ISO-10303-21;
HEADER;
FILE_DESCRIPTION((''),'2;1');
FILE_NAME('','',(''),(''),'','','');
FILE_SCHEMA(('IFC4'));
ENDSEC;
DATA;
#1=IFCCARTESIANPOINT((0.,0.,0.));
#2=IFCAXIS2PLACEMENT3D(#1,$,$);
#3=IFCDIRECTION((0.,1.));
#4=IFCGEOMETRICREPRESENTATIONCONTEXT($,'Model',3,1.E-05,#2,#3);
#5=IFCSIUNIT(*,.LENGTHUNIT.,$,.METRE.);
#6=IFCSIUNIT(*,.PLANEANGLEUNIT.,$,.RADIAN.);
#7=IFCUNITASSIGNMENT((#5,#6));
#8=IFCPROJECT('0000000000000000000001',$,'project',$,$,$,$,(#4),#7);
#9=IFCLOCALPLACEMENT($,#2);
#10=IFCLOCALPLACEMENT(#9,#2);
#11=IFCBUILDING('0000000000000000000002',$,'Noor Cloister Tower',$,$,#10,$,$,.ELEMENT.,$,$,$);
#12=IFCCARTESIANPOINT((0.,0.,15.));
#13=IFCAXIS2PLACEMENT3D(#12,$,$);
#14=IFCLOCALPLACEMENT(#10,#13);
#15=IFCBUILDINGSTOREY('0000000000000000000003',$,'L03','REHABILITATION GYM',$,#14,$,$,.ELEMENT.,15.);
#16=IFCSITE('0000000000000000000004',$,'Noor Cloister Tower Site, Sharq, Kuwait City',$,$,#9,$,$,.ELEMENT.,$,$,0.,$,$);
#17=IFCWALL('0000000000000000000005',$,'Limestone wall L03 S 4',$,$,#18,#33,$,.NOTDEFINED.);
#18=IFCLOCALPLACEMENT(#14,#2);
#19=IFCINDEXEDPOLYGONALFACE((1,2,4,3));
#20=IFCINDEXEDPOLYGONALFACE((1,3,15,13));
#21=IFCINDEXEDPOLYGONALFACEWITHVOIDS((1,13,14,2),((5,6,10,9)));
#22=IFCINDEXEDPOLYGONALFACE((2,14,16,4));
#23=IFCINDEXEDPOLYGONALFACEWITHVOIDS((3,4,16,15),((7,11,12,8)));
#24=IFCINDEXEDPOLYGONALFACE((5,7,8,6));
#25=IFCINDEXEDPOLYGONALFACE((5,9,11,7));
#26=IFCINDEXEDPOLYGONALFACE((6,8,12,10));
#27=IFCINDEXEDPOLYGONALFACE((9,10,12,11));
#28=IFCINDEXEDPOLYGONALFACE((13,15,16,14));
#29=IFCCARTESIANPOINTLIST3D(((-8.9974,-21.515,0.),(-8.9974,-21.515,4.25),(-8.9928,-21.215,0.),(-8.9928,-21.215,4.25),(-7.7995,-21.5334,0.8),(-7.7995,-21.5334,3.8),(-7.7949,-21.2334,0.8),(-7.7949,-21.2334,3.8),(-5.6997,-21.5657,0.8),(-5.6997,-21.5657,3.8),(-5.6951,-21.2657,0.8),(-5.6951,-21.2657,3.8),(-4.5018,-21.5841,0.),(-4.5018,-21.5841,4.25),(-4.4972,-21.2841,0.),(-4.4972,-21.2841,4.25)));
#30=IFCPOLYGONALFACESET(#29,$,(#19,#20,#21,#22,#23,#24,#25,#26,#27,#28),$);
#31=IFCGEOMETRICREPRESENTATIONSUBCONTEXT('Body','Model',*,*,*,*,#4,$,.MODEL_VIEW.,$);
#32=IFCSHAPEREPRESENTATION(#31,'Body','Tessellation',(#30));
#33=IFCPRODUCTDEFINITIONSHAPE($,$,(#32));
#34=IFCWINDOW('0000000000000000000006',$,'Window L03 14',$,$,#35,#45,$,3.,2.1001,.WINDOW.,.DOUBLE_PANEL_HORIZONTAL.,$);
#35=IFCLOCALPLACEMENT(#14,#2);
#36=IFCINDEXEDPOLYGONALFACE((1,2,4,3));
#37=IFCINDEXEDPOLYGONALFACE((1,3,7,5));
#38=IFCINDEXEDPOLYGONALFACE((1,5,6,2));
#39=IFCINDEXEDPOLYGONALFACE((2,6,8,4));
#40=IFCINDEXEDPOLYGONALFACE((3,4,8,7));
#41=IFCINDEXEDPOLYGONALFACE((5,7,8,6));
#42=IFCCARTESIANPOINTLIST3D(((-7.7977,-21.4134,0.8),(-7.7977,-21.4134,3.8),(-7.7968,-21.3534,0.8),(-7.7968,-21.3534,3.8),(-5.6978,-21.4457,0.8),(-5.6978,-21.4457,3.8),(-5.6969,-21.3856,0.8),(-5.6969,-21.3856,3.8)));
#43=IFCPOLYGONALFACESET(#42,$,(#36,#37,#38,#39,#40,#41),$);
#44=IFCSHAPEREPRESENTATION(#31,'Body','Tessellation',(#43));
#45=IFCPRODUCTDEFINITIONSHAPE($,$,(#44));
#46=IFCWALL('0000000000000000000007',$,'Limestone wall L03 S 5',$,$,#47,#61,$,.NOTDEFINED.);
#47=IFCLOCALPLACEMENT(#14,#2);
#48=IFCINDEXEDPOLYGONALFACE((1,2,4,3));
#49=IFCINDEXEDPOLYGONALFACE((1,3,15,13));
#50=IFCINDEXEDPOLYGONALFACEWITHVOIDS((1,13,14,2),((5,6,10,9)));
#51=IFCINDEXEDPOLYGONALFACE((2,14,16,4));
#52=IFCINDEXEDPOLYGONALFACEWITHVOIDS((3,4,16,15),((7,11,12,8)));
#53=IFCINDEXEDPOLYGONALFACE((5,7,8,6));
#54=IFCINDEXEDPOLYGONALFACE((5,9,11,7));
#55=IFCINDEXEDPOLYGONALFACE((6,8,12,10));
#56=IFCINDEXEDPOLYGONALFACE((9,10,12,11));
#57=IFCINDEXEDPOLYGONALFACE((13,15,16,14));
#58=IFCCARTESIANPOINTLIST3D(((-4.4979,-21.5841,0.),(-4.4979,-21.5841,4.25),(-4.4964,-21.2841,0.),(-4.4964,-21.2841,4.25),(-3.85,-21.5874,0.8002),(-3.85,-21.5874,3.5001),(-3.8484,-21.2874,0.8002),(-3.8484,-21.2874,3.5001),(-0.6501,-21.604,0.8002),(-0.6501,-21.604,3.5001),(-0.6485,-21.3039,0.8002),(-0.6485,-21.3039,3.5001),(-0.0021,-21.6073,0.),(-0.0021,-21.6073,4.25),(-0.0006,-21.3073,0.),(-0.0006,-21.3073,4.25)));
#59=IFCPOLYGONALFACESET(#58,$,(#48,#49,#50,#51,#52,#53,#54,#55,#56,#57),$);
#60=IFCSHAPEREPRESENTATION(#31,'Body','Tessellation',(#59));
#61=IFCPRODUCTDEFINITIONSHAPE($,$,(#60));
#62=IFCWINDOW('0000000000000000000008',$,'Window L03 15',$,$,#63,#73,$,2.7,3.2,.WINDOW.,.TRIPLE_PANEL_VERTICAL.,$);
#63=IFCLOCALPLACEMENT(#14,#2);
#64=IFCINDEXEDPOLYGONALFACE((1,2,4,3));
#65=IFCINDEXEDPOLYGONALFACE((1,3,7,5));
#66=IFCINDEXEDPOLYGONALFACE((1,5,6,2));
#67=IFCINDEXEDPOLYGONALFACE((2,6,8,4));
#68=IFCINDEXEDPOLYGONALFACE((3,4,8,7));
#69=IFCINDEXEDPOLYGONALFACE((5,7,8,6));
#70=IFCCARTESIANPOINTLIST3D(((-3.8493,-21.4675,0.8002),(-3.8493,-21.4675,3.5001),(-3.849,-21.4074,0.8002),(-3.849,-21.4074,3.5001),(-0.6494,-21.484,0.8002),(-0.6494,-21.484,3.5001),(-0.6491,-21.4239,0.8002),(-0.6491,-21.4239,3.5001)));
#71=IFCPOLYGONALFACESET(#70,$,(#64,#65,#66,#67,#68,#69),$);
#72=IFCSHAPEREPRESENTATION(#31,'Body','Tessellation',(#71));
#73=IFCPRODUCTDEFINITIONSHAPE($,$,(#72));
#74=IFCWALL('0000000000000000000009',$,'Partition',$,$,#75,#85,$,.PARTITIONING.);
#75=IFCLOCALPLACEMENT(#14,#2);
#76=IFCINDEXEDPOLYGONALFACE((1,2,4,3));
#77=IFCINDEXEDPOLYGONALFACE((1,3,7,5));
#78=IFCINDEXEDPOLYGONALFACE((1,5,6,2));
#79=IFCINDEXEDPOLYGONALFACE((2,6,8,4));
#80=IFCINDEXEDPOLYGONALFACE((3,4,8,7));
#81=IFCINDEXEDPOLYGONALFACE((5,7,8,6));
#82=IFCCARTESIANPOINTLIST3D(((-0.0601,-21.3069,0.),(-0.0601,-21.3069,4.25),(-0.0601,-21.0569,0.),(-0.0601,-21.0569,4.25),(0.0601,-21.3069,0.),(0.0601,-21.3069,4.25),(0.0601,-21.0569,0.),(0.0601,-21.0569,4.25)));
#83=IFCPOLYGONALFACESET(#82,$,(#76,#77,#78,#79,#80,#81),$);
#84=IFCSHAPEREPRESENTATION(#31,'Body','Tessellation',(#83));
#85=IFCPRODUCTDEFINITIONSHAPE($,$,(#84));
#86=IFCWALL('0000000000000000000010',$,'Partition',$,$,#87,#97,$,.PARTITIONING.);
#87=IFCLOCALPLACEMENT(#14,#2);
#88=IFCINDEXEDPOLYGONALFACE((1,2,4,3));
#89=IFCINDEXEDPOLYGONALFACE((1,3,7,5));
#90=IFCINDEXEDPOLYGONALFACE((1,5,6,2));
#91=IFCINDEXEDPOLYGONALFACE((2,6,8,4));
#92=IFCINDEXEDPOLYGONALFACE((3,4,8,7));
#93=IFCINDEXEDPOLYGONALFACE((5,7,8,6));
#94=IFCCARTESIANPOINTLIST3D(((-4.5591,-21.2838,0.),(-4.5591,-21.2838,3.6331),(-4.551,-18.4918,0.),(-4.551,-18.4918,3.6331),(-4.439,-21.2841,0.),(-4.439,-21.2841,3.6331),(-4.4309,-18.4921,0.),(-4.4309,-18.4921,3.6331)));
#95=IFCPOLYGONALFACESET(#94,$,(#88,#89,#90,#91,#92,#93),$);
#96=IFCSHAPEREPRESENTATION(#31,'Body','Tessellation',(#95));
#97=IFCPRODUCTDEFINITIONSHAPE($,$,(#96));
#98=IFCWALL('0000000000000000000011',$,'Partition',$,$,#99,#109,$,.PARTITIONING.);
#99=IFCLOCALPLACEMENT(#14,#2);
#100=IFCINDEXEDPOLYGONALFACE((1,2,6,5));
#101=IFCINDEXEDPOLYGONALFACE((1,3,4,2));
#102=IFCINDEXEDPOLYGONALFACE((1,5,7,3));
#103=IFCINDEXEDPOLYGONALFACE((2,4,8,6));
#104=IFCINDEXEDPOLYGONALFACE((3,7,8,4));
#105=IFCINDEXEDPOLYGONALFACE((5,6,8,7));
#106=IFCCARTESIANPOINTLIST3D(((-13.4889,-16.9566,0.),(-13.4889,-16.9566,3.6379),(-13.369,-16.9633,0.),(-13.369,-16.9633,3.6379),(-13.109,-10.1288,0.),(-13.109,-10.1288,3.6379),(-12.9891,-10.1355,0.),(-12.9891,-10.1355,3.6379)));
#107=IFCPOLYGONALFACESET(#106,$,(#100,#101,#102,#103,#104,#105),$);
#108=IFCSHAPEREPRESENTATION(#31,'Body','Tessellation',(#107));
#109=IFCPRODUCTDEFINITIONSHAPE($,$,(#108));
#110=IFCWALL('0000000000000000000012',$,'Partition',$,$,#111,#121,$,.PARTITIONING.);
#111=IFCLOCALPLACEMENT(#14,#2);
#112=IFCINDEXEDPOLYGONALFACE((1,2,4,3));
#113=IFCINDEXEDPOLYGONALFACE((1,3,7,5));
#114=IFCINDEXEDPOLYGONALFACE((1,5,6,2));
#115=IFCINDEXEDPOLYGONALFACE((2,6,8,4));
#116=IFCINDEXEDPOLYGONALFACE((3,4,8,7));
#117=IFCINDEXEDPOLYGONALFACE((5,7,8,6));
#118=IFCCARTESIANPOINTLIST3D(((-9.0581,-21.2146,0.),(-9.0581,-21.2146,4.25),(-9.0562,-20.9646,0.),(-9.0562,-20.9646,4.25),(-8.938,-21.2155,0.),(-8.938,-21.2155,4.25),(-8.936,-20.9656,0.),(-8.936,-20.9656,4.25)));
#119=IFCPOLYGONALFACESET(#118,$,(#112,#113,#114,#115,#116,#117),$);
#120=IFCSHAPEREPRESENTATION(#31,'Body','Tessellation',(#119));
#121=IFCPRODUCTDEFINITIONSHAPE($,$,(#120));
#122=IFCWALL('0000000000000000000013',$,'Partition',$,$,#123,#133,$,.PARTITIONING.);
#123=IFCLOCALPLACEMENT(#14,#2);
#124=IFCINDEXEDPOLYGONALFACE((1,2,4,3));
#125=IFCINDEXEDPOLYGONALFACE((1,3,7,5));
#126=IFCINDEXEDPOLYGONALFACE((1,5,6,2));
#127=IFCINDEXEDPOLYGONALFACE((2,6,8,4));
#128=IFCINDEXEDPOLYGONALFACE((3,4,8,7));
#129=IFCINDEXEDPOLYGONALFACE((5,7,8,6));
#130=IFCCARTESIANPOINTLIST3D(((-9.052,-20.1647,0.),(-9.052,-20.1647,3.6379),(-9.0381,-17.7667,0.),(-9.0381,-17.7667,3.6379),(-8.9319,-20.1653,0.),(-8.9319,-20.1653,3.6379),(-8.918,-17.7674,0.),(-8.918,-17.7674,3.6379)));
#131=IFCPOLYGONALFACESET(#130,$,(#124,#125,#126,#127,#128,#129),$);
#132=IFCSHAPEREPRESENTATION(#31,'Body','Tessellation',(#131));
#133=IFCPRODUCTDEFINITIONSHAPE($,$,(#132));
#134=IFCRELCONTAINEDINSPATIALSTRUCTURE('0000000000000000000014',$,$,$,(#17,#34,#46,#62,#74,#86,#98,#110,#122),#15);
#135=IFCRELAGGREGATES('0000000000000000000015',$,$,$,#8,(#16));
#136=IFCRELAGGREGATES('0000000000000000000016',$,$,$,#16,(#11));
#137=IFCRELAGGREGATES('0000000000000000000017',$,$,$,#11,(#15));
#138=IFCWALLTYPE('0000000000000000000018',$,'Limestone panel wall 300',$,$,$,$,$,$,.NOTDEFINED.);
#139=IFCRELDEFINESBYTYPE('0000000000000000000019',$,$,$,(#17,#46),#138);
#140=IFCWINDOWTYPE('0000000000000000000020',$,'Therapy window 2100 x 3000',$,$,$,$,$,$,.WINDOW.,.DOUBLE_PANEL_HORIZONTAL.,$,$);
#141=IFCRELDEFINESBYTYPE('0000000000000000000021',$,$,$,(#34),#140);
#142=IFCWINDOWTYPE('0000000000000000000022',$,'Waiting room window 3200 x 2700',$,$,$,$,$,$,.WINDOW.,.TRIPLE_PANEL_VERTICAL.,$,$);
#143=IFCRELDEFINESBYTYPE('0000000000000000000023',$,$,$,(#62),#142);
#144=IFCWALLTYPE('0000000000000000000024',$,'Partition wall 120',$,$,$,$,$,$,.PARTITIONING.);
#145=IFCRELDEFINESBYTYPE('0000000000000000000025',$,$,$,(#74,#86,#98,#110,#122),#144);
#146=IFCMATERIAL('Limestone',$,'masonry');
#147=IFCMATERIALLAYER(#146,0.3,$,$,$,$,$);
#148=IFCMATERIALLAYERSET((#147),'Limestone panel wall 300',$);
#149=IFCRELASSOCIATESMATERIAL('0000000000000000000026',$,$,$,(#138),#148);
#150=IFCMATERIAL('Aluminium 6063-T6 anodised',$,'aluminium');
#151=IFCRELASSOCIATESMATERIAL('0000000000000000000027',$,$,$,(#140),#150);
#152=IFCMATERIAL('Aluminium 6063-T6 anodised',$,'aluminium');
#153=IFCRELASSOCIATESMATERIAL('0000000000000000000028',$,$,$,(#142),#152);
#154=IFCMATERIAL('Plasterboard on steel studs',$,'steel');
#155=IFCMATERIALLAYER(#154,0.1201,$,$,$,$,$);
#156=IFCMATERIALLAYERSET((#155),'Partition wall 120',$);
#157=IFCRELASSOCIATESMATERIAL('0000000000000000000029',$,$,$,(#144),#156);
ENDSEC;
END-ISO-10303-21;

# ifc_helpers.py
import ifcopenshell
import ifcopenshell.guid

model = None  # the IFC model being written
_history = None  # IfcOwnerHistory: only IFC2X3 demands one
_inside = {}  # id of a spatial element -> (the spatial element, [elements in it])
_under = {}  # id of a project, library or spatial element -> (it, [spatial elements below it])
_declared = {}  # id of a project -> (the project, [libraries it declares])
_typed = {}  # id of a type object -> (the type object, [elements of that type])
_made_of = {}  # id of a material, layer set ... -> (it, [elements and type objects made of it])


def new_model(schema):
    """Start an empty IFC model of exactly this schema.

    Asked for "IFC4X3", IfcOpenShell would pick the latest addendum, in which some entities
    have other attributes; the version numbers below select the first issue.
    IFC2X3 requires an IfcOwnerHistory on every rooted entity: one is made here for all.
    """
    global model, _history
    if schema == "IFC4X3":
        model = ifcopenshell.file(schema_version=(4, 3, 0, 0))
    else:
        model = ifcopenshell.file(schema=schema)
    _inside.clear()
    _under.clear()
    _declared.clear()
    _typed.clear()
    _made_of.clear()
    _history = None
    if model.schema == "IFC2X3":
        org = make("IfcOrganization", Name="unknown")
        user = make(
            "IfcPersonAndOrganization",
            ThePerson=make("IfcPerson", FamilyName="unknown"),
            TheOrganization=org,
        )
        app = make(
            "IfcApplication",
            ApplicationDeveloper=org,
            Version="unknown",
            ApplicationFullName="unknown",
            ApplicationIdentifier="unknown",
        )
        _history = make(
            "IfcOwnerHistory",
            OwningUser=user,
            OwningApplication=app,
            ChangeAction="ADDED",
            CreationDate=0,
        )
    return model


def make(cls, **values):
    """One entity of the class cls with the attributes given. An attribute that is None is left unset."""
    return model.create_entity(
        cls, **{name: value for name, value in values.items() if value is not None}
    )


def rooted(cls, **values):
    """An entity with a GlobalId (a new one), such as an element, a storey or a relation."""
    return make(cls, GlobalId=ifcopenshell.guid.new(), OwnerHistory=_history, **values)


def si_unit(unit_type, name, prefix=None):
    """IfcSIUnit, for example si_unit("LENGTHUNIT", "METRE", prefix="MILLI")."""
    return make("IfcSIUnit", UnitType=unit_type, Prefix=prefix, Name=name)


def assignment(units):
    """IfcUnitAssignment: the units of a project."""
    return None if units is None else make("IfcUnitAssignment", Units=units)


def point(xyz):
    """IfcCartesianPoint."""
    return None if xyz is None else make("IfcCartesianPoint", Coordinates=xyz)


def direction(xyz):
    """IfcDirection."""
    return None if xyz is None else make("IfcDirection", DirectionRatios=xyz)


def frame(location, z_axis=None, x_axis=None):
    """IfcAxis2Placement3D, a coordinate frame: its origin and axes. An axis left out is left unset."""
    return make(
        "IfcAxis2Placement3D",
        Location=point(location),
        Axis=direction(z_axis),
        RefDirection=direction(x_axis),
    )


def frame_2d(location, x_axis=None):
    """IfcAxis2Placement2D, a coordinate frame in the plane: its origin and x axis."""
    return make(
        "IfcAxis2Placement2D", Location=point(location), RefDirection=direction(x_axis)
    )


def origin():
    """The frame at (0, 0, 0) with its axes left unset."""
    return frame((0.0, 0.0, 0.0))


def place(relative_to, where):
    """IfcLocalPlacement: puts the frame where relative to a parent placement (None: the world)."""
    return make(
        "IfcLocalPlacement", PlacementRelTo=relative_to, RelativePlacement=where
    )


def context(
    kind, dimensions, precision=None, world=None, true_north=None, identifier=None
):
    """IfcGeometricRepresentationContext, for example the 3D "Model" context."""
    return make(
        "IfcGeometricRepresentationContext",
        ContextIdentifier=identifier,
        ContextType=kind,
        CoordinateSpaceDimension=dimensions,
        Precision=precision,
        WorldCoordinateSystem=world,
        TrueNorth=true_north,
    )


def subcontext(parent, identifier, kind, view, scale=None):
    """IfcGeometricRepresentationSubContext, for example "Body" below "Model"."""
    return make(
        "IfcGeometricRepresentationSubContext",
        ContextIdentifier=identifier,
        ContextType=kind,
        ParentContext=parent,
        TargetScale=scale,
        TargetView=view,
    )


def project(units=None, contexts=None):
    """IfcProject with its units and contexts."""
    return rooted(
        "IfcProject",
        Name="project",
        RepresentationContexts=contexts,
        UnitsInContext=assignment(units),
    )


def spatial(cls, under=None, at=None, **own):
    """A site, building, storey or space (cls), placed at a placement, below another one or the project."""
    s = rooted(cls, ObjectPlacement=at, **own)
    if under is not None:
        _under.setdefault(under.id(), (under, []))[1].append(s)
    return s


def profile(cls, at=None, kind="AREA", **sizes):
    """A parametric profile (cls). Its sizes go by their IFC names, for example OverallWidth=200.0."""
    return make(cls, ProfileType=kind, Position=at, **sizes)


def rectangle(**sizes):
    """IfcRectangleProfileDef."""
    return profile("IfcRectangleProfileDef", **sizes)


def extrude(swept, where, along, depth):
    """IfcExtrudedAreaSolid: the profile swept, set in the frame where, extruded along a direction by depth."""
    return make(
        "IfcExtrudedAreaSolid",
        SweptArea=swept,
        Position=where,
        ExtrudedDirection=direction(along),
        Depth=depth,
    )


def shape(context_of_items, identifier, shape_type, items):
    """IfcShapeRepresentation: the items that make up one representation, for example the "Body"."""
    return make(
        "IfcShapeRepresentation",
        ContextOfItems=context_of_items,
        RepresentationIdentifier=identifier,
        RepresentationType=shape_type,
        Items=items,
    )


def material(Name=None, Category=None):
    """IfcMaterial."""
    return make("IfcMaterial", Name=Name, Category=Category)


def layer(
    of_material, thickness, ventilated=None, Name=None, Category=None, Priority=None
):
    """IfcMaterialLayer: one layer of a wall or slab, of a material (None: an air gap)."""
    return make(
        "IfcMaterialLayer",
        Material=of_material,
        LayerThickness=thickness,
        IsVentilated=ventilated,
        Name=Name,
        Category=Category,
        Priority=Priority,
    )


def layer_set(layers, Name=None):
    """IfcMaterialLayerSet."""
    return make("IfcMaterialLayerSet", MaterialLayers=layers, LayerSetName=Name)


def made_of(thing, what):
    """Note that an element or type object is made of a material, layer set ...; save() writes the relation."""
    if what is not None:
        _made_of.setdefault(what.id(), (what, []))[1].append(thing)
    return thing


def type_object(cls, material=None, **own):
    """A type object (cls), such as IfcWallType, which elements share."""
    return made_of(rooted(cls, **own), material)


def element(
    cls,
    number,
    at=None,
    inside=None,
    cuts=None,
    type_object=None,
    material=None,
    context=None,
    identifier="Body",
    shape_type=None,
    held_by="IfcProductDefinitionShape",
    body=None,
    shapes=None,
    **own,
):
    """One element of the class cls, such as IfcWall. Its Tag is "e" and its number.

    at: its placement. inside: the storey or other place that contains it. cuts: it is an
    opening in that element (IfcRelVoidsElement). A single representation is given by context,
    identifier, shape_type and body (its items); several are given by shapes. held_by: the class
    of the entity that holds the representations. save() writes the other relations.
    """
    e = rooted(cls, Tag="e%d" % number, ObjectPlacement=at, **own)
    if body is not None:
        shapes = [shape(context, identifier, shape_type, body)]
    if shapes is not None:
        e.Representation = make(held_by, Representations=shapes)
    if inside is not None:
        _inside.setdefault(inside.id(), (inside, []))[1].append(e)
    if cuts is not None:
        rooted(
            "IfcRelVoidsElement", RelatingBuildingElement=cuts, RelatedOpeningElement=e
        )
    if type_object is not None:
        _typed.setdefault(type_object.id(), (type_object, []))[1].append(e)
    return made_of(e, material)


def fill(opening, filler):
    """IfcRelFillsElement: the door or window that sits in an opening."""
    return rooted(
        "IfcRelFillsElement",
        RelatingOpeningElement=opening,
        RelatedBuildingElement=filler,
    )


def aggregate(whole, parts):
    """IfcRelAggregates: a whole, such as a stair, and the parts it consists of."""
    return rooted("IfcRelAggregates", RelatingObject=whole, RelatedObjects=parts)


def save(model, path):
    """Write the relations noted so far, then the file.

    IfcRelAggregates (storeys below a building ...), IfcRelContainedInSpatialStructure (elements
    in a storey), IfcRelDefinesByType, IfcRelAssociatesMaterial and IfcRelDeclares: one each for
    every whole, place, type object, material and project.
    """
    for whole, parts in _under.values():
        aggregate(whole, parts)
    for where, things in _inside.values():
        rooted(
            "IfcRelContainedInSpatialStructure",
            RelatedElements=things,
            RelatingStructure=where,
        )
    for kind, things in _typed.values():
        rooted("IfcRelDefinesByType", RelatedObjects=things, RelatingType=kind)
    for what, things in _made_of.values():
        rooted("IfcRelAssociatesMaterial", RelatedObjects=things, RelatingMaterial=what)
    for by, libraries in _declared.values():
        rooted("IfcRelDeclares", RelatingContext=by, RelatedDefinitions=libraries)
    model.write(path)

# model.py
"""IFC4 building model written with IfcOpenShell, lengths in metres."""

from ifc_helpers import new_model, si_unit, direction, frame, frame_2d, origin, place, context, subcontext, project, spatial, rectangle, extrude, material, layer, layer_set, type_object, element, fill, save


model = new_model("IFC4")

# Units and contexts
model_context = context("Model", 3, precision=1e-05, world=origin(), true_north=direction((0.0, 1.0)))
body_context = subcontext(model_context, "Body", "Model", "MODEL_VIEW")
ifc_project = project(units=[si_unit("LENGTHUNIT", "METRE"), si_unit("PLANEANGLEUNIT", "RADIAN")], contexts=[model_context])

# Site, building, storey
site_placement = place(None, origin())
site = spatial("IfcSite", under=ifc_project, at=site_placement, Name="Noor Cloister Tower Site, Sharq, Kuwait City", CompositionType="ELEMENT", RefElevation=0.0)
building_placement = place(site_placement, origin())
building = spatial("IfcBuilding", under=site, at=building_placement, Name="Noor Cloister Tower", CompositionType="ELEMENT")
storey_placement = place(building_placement, frame((0.0, 0.0, 15.0)))
storey = spatial("IfcBuildingStorey", under=building, at=storey_placement, Name="L03", Description="REHABILITATION GYM", CompositionType="ELEMENT", Elevation=15.0)

# Walls, openings, windows
ifc_material_1 = material(Name="Limestone", Category="masonry")
ifc_layer_1 = layer(ifc_material_1, 0.3)
ifc_layer_set_1 = layer_set([ifc_layer_1], Name="Limestone panel wall 300")
wall_type_1 = type_object("IfcWallType", Name="Limestone panel wall 300", PredefinedType="NOTDEFINED", material=ifc_layer_set_1)
wall_1_placement = place(storey_placement, frame((-4.4995, -21.4341, 0.0), z_axis=(0.0, 0.0, 1.0), x_axis=(-0.999882, 0.015367, 0.0)))
wall_1 = element("IfcWall", 1, at=wall_1_placement, inside=storey, type_object=wall_type_1, Name="Limestone wall L03 S 4", PredefinedType="NOTDEFINED", context=body_context, shape_type="SweptSolid", body=[
    extrude(rectangle(XDim=4.4961, YDim=0.3, at=frame_2d((2.248, 0.0))), origin(), (0.0, 0.0, 1.0), 4.25),
])
opening_1_placement = place(wall_1_placement, frame((1.198, 0.0, 0.8)))
opening_1 = element("IfcOpeningElement", 2, at=opening_1_placement, cuts=wall_1, PredefinedType="OPENING", context=body_context, shape_type="SweptSolid", body=[
    extrude(rectangle(XDim=2.1001, YDim=3.0, at=frame_2d((1.05, 1.5))), frame((0.0, 0.1602, 0.0), z_axis=(0.0, -1.0, 0.0), x_axis=(1.0, 0.0, 0.0)), (0.0, 0.0, 1.0), 0.3201),
])
ifc_material_2 = material(Name="Aluminium 6063-T6 anodised", Category="aluminium")
window_type_1 = type_object("IfcWindowType", Name="Therapy window 2100 x 3000", PartitioningType="DOUBLE_PANEL_HORIZONTAL", PredefinedType="WINDOW", material=ifc_material_2)
window_1_placement = place(opening_1_placement, origin())
window_1 = element("IfcWindow", 3, at=window_1_placement, inside=storey, type_object=window_type_1, Name="Window L03 14", OverallHeight=3.0, OverallWidth=2.1001, PartitioningType="DOUBLE_PANEL_HORIZONTAL", PredefinedType="WINDOW", context=body_context, shape_type="SweptSolid", body=[
    extrude(rectangle(XDim=2.1001, YDim=3.0, at=frame_2d((1.05, 1.5))), frame((0.0, 0.03, 0.0), z_axis=(0.0, -1.0, 0.0), x_axis=(1.0, 0.0, 0.0)), (0.0, 0.0, 1.0), 0.0601),
])
fill(opening_1, window_1)
wall_2_placement = place(storey_placement, frame((-0.0012, -21.4573, 0.0), z_axis=(0.0, 0.0, 1.0), x_axis=(-0.999987, 0.005159, 0.0)))
wall_2 = element("IfcWall", 4, at=wall_2_placement, inside=storey, type_object=wall_type_1, Name="Limestone wall L03 S 5", PredefinedType="NOTDEFINED", context=body_context, shape_type="SweptSolid", body=[
    extrude(rectangle(XDim=4.4958, YDim=0.3, at=frame_2d((2.248, 0.0))), origin(), (0.0, 0.0, 1.0), 4.25),
])
opening_2_placement = place(wall_2_placement, frame((0.6479, 0.0, 0.8)))
opening_2 = element("IfcOpeningElement", 5, at=opening_2_placement, cuts=wall_2, PredefinedType="OPENING", context=body_context, shape_type="SweptSolid", body=[
    extrude(rectangle(XDim=3.2, YDim=2.7, at=frame_2d((1.6001, 1.3501))), frame((0.0, 0.1602, 0.0), z_axis=(0.0, -1.0, 0.0), x_axis=(1.0, 0.0, 0.0)), (0.0, 0.0, 1.0), 0.3201),
])
ifc_material_3 = material(Name="Aluminium 6063-T6 anodised", Category="aluminium")
window_type_2 = type_object("IfcWindowType", Name="Waiting room window 3200 x 2700", PartitioningType="TRIPLE_PANEL_VERTICAL", PredefinedType="WINDOW", material=ifc_material_3)
window_2_placement = place(opening_2_placement, origin())
window_2 = element("IfcWindow", 6, at=window_2_placement, inside=storey, type_object=window_type_2, Name="Window L03 15", OverallHeight=2.7, OverallWidth=3.2, PartitioningType="TRIPLE_PANEL_VERTICAL", PredefinedType="WINDOW", context=body_context, shape_type="SweptSolid", body=[
    extrude(rectangle(XDim=3.2, YDim=2.7, at=frame_2d((1.6001, 1.3501))), frame((0.0, 0.03, 0.0), z_axis=(0.0, -1.0, 0.0), x_axis=(1.0, 0.0, 0.0)), (0.0, 0.0, 1.0), 0.0601),
])
fill(opening_2, window_2)

# Walls
ifc_material_4 = material(Name="Plasterboard on steel studs", Category="steel")
ifc_layer_2 = layer(ifc_material_4, 0.1201)
ifc_layer_set_2 = layer_set([ifc_layer_2], Name="Partition wall 120")
wall_type_2 = type_object("IfcWallType", Name="Partition wall 120", PredefinedType="PARTITIONING", material=ifc_layer_set_2)
wall_3_placement = place(storey_placement, frame((0.0, -21.0569, 0.0), z_axis=(0.0, 0.0, 1.0), x_axis=(0.0, -1.0, 0.0)))
element("IfcWall", 7, at=wall_3_placement, inside=storey, type_object=wall_type_2, Name="Partition", PredefinedType="PARTITIONING", context=body_context, shape_type="SweptSolid", body=[
    extrude(rectangle(XDim=0.25, YDim=0.1201, at=frame_2d((0.125, 0.0))), origin(), (0.0, 0.0, 1.0), 4.25),
])
wall_4_placement = place(storey_placement, frame((-4.491, -18.4919, 0.0), z_axis=(0.0, 0.0, 1.0), x_axis=(-0.002886, -0.999996, 0.0)))
element("IfcWall", 8, at=wall_4_placement, inside=storey, type_object=wall_type_2, Name="Partition", PredefinedType="PARTITIONING", context=body_context, shape_type="SweptSolid", body=[
    extrude(rectangle(XDim=2.792, YDim=0.1201, at=frame_2d((1.396, 0.0))), origin(), (0.0, 0.0, 1.0), 3.6331),
])
wall_5_placement = place(storey_placement, frame((-13.429, -16.96, 0.0), z_axis=(0.0, 0.0, 1.0), x_axis=(0.055551, 0.998456, 0.0)))
element("IfcWall", 9, at=wall_5_placement, inside=storey, type_object=wall_type_2, Name="Partition", PredefinedType="PARTITIONING", context=body_context, shape_type="SweptSolid", body=[
    extrude(rectangle(XDim=6.8384, YDim=0.1201, at=frame_2d((3.4192, 0.0))), origin(), (0.0, 0.0, 1.0), 3.6379),
])
wall_6_placement = place(storey_placement, frame((-8.9961, -20.9651, 0.0), z_axis=(0.0, 0.0, 1.0), x_axis=(-0.007812, -0.999969, 0.0)))
element("IfcWall", 10, at=wall_6_placement, inside=storey, type_object=wall_type_2, Name="Partition", PredefinedType="PARTITIONING", context=body_context, shape_type="SweptSolid", body=[
    extrude(rectangle(XDim=0.25, YDim=0.1201, at=frame_2d((0.125, 0.0))), origin(), (0.0, 0.0, 1.0), 4.25),
])
wall_7_placement = place(storey_placement, frame((-8.978, -17.7671, 0.0), z_axis=(0.0, 0.0, 1.0), x_axis=(-0.005803, -0.999983, 0.0)))
element("IfcWall", 11, at=wall_7_placement, inside=storey, type_object=wall_type_2, Name="Partition", PredefinedType="PARTITIONING", context=body_context, shape_type="SweptSolid", body=[
    extrude(rectangle(XDim=2.3979, YDim=0.1201, at=frame_2d((1.199, 0.0))), origin(), (0.0, 0.0, 1.0), 3.6379),
])

save(model, "model.ifc")
